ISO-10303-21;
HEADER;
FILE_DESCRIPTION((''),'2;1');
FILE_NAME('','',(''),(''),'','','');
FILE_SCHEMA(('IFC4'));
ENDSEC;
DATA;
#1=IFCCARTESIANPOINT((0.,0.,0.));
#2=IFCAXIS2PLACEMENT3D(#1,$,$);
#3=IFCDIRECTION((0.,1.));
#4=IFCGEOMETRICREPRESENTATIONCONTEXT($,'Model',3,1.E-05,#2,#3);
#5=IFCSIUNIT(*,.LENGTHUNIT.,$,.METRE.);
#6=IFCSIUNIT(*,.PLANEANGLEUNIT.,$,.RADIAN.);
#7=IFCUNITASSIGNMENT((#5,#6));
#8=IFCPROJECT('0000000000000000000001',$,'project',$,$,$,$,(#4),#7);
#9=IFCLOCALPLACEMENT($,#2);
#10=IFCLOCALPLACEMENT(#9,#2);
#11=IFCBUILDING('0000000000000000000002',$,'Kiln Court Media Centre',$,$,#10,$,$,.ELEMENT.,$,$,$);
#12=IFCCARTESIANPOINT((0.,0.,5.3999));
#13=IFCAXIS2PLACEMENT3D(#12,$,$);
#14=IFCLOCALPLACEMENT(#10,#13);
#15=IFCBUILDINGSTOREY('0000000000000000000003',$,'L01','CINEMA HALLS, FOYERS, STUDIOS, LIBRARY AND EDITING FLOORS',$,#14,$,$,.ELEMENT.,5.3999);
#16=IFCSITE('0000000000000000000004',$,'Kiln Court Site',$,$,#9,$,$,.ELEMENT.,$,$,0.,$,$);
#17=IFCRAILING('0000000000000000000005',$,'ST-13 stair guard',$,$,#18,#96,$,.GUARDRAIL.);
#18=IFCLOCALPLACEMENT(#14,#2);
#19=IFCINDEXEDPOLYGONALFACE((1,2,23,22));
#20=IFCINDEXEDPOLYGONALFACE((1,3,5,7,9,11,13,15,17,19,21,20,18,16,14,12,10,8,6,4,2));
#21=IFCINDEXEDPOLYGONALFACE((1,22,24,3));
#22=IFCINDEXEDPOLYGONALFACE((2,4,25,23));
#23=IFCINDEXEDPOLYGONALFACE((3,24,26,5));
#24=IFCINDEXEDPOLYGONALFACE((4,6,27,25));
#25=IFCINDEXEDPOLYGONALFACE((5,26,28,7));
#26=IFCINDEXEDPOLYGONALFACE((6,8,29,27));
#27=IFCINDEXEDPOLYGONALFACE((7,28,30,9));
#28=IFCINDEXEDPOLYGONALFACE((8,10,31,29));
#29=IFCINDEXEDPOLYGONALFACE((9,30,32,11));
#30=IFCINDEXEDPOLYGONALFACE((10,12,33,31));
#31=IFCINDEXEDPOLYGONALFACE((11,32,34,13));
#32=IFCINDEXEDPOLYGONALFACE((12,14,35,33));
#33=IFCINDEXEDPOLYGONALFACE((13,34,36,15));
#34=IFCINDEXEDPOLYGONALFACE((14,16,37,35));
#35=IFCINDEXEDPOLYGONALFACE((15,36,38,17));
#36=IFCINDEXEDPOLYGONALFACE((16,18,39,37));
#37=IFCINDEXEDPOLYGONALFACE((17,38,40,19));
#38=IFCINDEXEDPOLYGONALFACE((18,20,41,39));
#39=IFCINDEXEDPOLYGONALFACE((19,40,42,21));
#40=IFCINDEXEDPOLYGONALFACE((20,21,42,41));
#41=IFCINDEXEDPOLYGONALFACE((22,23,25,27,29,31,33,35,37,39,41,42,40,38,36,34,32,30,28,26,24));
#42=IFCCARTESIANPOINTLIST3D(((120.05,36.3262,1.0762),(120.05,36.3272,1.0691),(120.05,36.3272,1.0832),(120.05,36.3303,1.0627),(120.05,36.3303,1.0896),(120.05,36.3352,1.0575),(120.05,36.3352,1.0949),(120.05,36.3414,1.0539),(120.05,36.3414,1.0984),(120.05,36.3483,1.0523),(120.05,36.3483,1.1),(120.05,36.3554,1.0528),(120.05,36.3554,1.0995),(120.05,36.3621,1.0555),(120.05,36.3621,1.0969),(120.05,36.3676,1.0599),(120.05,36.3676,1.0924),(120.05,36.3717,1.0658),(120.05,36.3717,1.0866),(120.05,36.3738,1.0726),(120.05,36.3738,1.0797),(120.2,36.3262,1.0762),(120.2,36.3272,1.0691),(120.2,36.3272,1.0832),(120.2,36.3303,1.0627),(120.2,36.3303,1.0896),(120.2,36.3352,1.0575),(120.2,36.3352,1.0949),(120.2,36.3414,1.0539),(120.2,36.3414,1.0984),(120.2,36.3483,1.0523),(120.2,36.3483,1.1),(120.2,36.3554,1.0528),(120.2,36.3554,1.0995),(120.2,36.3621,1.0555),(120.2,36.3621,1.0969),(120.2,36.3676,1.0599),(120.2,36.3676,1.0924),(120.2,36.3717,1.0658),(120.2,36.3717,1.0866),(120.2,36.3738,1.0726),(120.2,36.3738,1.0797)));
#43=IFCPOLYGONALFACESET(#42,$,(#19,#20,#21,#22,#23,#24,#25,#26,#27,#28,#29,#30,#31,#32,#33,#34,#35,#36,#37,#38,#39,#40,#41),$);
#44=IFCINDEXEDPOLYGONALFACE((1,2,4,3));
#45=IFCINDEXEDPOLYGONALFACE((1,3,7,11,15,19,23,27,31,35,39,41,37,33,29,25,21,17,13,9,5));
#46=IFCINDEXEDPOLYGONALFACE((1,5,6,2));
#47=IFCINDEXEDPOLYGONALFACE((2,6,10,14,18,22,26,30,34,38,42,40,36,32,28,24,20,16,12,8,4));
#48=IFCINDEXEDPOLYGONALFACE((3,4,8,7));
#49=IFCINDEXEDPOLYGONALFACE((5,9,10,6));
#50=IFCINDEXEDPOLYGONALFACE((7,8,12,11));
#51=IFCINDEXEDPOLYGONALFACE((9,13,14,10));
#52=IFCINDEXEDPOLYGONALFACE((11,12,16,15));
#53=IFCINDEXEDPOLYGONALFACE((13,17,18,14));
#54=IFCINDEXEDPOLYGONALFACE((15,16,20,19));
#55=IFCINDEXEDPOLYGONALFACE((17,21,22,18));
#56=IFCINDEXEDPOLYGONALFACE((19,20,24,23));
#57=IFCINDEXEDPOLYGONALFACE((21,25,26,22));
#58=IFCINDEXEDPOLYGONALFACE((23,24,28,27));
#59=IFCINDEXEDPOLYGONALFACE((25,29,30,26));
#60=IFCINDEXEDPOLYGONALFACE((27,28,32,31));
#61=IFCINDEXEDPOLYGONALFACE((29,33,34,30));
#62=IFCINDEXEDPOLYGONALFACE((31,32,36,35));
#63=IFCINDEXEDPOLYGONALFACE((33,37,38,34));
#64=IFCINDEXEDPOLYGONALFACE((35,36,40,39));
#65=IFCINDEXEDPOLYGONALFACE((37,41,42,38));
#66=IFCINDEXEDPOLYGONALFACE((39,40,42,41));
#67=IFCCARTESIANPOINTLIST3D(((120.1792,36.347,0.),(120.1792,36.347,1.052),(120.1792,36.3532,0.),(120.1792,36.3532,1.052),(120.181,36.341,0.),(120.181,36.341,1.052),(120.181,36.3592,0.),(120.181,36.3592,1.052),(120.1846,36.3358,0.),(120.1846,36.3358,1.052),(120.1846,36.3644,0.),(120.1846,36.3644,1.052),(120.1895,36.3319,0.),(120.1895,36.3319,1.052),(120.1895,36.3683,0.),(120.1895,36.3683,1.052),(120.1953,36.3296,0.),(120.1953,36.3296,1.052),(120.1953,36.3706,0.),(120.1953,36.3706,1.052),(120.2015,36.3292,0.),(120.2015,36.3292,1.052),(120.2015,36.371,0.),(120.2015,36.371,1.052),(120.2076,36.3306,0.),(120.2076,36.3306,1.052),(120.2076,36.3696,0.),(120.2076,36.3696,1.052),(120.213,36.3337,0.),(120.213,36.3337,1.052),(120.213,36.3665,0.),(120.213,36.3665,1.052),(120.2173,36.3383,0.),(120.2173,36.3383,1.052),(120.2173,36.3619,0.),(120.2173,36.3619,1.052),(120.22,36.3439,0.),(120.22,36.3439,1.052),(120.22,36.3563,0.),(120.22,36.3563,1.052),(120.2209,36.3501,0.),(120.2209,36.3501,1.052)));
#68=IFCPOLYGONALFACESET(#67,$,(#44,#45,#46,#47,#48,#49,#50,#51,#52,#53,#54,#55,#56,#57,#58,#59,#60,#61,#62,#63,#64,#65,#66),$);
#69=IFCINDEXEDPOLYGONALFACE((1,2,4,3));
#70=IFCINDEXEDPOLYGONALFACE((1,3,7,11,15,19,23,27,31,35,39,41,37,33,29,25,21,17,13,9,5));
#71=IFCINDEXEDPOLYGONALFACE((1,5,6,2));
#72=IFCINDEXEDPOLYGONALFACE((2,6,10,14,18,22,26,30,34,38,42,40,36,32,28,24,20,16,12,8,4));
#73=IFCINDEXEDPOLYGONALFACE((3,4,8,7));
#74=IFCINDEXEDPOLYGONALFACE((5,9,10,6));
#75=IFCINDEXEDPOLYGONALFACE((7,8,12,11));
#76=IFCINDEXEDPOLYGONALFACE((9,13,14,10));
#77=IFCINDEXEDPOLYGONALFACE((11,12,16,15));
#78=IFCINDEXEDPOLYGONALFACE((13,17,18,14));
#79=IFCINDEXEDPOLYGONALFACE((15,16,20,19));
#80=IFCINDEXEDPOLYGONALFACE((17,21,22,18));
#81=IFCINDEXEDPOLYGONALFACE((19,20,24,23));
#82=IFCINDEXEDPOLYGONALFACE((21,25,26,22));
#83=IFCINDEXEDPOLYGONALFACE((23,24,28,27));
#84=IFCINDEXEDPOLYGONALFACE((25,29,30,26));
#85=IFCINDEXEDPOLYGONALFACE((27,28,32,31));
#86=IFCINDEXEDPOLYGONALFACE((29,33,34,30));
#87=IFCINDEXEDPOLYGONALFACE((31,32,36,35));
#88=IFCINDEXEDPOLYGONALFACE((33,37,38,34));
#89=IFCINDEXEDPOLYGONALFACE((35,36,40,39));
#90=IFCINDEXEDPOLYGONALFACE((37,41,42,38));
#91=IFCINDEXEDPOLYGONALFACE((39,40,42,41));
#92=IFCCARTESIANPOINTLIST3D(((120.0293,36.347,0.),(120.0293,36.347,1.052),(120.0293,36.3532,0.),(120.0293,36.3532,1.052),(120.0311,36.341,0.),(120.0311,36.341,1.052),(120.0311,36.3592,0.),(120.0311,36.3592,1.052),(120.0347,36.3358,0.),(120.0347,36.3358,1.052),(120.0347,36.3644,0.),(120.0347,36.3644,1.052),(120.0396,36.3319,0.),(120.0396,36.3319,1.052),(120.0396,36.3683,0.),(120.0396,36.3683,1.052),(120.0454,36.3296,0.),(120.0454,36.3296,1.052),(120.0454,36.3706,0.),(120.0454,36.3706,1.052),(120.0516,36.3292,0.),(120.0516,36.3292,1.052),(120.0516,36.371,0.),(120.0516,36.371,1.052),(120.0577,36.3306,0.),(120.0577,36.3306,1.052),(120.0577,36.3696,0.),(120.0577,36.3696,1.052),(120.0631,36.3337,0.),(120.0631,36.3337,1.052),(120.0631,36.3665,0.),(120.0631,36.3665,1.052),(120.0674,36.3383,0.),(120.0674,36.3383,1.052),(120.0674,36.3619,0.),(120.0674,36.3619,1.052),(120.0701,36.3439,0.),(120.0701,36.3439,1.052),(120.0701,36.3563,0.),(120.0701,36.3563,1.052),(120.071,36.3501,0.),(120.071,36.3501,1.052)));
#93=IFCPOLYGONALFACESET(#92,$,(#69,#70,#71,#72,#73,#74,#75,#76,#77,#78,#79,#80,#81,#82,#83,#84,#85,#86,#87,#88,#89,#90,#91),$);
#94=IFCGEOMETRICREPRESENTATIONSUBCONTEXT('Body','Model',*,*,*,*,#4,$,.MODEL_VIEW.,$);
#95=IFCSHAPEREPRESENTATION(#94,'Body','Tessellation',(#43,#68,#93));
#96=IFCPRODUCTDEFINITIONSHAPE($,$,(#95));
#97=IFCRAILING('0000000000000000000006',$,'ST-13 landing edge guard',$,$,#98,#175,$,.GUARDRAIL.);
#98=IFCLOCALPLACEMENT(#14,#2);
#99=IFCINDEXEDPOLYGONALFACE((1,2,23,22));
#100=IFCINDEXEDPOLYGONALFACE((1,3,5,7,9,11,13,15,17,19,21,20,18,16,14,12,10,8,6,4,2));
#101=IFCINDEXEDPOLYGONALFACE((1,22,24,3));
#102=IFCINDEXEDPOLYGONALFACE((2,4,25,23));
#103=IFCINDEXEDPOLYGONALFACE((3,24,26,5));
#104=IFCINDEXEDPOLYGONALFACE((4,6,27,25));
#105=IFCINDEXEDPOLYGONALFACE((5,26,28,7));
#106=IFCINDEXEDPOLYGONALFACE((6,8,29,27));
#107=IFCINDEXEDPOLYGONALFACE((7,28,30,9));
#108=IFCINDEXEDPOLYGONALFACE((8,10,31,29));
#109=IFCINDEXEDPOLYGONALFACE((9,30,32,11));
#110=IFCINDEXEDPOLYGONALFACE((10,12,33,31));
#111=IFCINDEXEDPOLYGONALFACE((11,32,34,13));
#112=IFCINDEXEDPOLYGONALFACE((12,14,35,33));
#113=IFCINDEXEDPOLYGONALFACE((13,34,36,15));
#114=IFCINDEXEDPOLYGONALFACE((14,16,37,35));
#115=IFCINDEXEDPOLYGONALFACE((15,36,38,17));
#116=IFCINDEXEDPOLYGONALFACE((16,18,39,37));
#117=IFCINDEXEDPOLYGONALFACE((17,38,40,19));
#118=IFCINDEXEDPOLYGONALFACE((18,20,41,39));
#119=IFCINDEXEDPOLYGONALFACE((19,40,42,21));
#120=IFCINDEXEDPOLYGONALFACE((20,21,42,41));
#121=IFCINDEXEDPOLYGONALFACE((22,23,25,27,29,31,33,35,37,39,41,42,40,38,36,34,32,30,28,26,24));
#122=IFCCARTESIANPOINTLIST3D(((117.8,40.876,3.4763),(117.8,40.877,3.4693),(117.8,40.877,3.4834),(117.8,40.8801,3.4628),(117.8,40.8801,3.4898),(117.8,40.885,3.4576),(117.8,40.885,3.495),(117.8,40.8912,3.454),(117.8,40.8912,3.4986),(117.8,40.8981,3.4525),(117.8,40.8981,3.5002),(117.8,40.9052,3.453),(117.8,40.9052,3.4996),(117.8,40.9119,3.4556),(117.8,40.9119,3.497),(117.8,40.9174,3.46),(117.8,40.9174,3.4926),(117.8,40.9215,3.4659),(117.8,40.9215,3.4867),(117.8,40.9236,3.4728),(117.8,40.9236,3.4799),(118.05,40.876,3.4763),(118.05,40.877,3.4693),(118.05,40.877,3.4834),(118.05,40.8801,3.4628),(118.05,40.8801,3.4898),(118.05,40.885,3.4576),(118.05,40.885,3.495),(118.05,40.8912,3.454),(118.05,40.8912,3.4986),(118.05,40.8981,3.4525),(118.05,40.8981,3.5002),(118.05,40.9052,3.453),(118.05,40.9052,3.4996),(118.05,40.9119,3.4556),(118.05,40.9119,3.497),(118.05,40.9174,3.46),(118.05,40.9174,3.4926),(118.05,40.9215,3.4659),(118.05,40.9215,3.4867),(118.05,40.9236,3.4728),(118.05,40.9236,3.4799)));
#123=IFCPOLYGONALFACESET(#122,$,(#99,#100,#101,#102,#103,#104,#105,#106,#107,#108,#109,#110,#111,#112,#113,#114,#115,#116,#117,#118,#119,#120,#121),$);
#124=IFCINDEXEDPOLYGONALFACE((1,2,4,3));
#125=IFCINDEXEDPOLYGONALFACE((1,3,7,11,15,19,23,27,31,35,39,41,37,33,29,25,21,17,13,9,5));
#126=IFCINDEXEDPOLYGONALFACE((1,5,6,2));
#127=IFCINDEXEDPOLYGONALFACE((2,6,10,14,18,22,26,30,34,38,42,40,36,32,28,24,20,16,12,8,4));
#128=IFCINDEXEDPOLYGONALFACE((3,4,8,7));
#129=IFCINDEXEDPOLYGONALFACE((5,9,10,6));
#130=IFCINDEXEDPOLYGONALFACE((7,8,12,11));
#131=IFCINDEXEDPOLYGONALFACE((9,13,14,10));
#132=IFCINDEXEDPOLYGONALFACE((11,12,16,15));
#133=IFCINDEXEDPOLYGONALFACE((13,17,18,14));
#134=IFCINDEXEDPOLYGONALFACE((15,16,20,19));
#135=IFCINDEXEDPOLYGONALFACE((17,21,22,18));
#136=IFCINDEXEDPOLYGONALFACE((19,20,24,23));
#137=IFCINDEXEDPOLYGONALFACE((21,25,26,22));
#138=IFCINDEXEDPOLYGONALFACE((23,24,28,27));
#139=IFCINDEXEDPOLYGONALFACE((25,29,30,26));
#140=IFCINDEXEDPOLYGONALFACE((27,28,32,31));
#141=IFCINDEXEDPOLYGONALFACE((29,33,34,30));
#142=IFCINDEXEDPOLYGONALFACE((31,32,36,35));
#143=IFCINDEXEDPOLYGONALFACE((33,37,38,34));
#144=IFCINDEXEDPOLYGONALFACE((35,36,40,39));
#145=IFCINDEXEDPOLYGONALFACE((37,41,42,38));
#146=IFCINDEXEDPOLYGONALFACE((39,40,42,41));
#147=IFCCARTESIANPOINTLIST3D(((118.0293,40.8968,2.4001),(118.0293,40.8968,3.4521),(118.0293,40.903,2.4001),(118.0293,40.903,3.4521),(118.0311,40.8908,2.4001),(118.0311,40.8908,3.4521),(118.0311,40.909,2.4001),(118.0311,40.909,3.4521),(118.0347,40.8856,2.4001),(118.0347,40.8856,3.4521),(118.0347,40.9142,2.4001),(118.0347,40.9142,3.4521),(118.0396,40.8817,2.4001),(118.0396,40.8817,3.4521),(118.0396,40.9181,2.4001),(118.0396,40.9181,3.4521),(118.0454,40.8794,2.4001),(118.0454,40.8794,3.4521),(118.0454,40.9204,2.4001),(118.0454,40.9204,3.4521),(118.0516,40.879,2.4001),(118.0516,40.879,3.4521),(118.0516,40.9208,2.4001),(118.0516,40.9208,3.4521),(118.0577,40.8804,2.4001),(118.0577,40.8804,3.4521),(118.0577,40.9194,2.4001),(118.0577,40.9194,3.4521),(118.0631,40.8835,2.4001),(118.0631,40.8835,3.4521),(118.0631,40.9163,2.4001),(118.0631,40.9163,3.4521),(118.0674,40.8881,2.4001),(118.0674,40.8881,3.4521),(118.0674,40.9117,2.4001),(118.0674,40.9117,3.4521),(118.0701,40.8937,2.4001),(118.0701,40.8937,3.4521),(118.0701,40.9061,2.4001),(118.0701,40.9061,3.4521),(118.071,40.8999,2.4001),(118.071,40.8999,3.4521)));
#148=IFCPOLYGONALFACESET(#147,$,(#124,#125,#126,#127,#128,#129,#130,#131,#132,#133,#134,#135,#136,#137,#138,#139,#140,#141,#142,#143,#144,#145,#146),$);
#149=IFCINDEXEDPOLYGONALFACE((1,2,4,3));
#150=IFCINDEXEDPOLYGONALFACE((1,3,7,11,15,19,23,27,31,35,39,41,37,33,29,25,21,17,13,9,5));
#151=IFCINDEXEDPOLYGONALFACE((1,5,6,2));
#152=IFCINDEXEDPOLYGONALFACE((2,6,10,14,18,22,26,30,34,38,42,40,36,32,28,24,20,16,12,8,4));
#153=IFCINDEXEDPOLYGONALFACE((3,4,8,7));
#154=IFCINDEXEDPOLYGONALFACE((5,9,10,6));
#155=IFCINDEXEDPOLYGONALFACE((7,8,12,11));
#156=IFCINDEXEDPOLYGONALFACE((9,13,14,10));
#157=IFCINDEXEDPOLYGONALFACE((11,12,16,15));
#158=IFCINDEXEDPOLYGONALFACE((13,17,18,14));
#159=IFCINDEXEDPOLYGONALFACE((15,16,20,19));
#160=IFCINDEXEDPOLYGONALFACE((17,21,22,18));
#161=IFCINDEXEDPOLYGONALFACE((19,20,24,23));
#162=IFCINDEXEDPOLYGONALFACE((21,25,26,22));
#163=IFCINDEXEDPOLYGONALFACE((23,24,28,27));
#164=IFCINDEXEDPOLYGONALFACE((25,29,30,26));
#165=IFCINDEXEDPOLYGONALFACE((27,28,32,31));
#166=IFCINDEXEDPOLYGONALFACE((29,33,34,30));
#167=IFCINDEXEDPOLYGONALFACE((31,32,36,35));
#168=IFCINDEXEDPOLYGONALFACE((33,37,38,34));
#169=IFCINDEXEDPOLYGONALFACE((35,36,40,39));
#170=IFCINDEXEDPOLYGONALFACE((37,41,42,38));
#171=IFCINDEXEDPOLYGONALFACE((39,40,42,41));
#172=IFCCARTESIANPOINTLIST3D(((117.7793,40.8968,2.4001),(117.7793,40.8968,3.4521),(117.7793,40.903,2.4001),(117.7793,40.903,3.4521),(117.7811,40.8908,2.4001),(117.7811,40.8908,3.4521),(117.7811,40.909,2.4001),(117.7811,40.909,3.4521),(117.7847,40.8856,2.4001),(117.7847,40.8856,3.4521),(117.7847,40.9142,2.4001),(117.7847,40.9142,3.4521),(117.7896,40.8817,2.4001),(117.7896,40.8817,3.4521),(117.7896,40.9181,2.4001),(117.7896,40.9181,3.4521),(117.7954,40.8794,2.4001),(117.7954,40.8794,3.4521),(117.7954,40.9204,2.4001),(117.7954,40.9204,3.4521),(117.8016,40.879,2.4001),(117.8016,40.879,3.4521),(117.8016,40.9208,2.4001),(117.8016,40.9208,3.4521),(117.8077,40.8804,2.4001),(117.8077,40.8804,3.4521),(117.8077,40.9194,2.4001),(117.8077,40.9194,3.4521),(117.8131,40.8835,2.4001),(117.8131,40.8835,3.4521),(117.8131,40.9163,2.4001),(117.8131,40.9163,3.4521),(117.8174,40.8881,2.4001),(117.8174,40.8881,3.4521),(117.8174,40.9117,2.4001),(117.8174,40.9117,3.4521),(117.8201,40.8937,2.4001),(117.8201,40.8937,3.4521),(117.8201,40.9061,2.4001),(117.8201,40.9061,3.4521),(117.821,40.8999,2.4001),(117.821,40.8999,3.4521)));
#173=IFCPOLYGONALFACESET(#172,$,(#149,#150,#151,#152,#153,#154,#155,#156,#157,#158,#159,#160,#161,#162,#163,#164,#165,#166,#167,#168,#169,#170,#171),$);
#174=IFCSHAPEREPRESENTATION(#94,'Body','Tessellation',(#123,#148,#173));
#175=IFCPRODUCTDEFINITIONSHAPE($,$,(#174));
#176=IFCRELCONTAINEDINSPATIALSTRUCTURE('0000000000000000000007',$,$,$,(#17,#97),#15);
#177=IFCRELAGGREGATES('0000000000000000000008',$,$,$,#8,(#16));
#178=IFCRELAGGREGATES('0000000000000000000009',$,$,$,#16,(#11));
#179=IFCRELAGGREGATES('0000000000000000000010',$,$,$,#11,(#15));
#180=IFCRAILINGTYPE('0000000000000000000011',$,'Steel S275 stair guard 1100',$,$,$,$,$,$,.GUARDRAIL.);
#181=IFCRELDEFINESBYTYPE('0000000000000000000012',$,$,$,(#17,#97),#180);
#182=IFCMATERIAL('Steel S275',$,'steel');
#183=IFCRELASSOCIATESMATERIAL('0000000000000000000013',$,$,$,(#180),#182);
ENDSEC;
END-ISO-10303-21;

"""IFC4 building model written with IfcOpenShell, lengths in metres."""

from ifc_helpers import new_model, si_unit, direction, frame, origin, origin_2d, place, context, subcontext, project, spatial, circle, extrude, material, type_object, element, save


model = new_model("IFC4")

# Units and contexts
model_context = context("Model", 3, precision=1e-05, world=origin(), true_north=direction((0.0, 1.0)))
body_context = subcontext(model_context, "Body", "Model", "MODEL_VIEW")
ifc_project = project(units=[si_unit("LENGTHUNIT", "METRE"), si_unit("PLANEANGLEUNIT", "RADIAN")], contexts=[model_context])

# Site, building, storey
site_placement = place(None, origin())
site = spatial("IfcSite", under=ifc_project, at=site_placement, Name="Kiln Court Site", CompositionType="ELEMENT", RefElevation=0.0)
building_placement = place(site_placement, origin())
building = spatial("IfcBuilding", under=site, at=building_placement, Name="Kiln Court Media Centre", CompositionType="ELEMENT")
storey_placement = place(building_placement, frame((0.0, 0.0, 5.3999)))
storey = spatial("IfcBuildingStorey", under=building, at=storey_placement, Name="L01", Description="CINEMA HALLS, FOYERS, STUDIOS, LIBRARY AND EDITING FLOORS", CompositionType="ELEMENT", Elevation=5.3999)

# Railings
ifc_material_1 = material(Name="Steel S275", Category="steel")
railing_type_1 = type_object("IfcRailingType", Name="Steel S275 stair guard 1100", PredefinedType="GUARDRAIL", material=ifc_material_1)
railing_1_placement = place(storey_placement, frame((120.2, 36.3501, 0.0)))
element("IfcRailing", 1, at=railing_1_placement, inside=storey, type_object=railing_type_1, Name="ST-13 stair guard", PredefinedType="GUARDRAIL", context=body_context, shape_type="SweptSolid", body=[
    extrude(circle(Radius=0.0239, at=origin_2d()), frame((0.0, 0.0, 1.0762), z_axis=(-1.0, 0.0, 0.0), x_axis=(0.0, -1.0, 0.0)), (0.0, 0.0, 1.0), 0.1499),
    extrude(circle(Radius=0.021, at=origin_2d()), origin(), (0.0, 0.0, 1.0), 1.052),
    extrude(circle(Radius=0.021, at=origin_2d()), frame((-0.1499, 0.0, 0.0)), (0.0, 0.0, 1.0), 1.052),
])
for number, where, name in (
    (2, (118.05, 40.8999, 2.4001), "ST-13 landing edge guard"),
):
    element("IfcRailing", number, at=place(storey_placement, frame(where)), inside=storey, type_object=railing_type_1, Name=name, PredefinedType="GUARDRAIL", context=body_context, shape_type="SweptSolid", body=[
        extrude(circle(Radius=0.0239, at=origin_2d()), frame((0.0, 0.0, 1.0762), z_axis=(-1.0, 0.0, 0.0), x_axis=(0.0, -1.0, 0.0)), (0.0, 0.0, 1.0), 0.25),
        extrude(circle(Radius=0.021, at=origin_2d()), origin(), (0.0, 0.0, 1.0), 1.052),
        extrude(circle(Radius=0.021, at=origin_2d()), frame((-0.25, 0.0, 0.0)), (0.0, 0.0, 1.0), 1.052),
    ])

save(model, "model.ifc")
